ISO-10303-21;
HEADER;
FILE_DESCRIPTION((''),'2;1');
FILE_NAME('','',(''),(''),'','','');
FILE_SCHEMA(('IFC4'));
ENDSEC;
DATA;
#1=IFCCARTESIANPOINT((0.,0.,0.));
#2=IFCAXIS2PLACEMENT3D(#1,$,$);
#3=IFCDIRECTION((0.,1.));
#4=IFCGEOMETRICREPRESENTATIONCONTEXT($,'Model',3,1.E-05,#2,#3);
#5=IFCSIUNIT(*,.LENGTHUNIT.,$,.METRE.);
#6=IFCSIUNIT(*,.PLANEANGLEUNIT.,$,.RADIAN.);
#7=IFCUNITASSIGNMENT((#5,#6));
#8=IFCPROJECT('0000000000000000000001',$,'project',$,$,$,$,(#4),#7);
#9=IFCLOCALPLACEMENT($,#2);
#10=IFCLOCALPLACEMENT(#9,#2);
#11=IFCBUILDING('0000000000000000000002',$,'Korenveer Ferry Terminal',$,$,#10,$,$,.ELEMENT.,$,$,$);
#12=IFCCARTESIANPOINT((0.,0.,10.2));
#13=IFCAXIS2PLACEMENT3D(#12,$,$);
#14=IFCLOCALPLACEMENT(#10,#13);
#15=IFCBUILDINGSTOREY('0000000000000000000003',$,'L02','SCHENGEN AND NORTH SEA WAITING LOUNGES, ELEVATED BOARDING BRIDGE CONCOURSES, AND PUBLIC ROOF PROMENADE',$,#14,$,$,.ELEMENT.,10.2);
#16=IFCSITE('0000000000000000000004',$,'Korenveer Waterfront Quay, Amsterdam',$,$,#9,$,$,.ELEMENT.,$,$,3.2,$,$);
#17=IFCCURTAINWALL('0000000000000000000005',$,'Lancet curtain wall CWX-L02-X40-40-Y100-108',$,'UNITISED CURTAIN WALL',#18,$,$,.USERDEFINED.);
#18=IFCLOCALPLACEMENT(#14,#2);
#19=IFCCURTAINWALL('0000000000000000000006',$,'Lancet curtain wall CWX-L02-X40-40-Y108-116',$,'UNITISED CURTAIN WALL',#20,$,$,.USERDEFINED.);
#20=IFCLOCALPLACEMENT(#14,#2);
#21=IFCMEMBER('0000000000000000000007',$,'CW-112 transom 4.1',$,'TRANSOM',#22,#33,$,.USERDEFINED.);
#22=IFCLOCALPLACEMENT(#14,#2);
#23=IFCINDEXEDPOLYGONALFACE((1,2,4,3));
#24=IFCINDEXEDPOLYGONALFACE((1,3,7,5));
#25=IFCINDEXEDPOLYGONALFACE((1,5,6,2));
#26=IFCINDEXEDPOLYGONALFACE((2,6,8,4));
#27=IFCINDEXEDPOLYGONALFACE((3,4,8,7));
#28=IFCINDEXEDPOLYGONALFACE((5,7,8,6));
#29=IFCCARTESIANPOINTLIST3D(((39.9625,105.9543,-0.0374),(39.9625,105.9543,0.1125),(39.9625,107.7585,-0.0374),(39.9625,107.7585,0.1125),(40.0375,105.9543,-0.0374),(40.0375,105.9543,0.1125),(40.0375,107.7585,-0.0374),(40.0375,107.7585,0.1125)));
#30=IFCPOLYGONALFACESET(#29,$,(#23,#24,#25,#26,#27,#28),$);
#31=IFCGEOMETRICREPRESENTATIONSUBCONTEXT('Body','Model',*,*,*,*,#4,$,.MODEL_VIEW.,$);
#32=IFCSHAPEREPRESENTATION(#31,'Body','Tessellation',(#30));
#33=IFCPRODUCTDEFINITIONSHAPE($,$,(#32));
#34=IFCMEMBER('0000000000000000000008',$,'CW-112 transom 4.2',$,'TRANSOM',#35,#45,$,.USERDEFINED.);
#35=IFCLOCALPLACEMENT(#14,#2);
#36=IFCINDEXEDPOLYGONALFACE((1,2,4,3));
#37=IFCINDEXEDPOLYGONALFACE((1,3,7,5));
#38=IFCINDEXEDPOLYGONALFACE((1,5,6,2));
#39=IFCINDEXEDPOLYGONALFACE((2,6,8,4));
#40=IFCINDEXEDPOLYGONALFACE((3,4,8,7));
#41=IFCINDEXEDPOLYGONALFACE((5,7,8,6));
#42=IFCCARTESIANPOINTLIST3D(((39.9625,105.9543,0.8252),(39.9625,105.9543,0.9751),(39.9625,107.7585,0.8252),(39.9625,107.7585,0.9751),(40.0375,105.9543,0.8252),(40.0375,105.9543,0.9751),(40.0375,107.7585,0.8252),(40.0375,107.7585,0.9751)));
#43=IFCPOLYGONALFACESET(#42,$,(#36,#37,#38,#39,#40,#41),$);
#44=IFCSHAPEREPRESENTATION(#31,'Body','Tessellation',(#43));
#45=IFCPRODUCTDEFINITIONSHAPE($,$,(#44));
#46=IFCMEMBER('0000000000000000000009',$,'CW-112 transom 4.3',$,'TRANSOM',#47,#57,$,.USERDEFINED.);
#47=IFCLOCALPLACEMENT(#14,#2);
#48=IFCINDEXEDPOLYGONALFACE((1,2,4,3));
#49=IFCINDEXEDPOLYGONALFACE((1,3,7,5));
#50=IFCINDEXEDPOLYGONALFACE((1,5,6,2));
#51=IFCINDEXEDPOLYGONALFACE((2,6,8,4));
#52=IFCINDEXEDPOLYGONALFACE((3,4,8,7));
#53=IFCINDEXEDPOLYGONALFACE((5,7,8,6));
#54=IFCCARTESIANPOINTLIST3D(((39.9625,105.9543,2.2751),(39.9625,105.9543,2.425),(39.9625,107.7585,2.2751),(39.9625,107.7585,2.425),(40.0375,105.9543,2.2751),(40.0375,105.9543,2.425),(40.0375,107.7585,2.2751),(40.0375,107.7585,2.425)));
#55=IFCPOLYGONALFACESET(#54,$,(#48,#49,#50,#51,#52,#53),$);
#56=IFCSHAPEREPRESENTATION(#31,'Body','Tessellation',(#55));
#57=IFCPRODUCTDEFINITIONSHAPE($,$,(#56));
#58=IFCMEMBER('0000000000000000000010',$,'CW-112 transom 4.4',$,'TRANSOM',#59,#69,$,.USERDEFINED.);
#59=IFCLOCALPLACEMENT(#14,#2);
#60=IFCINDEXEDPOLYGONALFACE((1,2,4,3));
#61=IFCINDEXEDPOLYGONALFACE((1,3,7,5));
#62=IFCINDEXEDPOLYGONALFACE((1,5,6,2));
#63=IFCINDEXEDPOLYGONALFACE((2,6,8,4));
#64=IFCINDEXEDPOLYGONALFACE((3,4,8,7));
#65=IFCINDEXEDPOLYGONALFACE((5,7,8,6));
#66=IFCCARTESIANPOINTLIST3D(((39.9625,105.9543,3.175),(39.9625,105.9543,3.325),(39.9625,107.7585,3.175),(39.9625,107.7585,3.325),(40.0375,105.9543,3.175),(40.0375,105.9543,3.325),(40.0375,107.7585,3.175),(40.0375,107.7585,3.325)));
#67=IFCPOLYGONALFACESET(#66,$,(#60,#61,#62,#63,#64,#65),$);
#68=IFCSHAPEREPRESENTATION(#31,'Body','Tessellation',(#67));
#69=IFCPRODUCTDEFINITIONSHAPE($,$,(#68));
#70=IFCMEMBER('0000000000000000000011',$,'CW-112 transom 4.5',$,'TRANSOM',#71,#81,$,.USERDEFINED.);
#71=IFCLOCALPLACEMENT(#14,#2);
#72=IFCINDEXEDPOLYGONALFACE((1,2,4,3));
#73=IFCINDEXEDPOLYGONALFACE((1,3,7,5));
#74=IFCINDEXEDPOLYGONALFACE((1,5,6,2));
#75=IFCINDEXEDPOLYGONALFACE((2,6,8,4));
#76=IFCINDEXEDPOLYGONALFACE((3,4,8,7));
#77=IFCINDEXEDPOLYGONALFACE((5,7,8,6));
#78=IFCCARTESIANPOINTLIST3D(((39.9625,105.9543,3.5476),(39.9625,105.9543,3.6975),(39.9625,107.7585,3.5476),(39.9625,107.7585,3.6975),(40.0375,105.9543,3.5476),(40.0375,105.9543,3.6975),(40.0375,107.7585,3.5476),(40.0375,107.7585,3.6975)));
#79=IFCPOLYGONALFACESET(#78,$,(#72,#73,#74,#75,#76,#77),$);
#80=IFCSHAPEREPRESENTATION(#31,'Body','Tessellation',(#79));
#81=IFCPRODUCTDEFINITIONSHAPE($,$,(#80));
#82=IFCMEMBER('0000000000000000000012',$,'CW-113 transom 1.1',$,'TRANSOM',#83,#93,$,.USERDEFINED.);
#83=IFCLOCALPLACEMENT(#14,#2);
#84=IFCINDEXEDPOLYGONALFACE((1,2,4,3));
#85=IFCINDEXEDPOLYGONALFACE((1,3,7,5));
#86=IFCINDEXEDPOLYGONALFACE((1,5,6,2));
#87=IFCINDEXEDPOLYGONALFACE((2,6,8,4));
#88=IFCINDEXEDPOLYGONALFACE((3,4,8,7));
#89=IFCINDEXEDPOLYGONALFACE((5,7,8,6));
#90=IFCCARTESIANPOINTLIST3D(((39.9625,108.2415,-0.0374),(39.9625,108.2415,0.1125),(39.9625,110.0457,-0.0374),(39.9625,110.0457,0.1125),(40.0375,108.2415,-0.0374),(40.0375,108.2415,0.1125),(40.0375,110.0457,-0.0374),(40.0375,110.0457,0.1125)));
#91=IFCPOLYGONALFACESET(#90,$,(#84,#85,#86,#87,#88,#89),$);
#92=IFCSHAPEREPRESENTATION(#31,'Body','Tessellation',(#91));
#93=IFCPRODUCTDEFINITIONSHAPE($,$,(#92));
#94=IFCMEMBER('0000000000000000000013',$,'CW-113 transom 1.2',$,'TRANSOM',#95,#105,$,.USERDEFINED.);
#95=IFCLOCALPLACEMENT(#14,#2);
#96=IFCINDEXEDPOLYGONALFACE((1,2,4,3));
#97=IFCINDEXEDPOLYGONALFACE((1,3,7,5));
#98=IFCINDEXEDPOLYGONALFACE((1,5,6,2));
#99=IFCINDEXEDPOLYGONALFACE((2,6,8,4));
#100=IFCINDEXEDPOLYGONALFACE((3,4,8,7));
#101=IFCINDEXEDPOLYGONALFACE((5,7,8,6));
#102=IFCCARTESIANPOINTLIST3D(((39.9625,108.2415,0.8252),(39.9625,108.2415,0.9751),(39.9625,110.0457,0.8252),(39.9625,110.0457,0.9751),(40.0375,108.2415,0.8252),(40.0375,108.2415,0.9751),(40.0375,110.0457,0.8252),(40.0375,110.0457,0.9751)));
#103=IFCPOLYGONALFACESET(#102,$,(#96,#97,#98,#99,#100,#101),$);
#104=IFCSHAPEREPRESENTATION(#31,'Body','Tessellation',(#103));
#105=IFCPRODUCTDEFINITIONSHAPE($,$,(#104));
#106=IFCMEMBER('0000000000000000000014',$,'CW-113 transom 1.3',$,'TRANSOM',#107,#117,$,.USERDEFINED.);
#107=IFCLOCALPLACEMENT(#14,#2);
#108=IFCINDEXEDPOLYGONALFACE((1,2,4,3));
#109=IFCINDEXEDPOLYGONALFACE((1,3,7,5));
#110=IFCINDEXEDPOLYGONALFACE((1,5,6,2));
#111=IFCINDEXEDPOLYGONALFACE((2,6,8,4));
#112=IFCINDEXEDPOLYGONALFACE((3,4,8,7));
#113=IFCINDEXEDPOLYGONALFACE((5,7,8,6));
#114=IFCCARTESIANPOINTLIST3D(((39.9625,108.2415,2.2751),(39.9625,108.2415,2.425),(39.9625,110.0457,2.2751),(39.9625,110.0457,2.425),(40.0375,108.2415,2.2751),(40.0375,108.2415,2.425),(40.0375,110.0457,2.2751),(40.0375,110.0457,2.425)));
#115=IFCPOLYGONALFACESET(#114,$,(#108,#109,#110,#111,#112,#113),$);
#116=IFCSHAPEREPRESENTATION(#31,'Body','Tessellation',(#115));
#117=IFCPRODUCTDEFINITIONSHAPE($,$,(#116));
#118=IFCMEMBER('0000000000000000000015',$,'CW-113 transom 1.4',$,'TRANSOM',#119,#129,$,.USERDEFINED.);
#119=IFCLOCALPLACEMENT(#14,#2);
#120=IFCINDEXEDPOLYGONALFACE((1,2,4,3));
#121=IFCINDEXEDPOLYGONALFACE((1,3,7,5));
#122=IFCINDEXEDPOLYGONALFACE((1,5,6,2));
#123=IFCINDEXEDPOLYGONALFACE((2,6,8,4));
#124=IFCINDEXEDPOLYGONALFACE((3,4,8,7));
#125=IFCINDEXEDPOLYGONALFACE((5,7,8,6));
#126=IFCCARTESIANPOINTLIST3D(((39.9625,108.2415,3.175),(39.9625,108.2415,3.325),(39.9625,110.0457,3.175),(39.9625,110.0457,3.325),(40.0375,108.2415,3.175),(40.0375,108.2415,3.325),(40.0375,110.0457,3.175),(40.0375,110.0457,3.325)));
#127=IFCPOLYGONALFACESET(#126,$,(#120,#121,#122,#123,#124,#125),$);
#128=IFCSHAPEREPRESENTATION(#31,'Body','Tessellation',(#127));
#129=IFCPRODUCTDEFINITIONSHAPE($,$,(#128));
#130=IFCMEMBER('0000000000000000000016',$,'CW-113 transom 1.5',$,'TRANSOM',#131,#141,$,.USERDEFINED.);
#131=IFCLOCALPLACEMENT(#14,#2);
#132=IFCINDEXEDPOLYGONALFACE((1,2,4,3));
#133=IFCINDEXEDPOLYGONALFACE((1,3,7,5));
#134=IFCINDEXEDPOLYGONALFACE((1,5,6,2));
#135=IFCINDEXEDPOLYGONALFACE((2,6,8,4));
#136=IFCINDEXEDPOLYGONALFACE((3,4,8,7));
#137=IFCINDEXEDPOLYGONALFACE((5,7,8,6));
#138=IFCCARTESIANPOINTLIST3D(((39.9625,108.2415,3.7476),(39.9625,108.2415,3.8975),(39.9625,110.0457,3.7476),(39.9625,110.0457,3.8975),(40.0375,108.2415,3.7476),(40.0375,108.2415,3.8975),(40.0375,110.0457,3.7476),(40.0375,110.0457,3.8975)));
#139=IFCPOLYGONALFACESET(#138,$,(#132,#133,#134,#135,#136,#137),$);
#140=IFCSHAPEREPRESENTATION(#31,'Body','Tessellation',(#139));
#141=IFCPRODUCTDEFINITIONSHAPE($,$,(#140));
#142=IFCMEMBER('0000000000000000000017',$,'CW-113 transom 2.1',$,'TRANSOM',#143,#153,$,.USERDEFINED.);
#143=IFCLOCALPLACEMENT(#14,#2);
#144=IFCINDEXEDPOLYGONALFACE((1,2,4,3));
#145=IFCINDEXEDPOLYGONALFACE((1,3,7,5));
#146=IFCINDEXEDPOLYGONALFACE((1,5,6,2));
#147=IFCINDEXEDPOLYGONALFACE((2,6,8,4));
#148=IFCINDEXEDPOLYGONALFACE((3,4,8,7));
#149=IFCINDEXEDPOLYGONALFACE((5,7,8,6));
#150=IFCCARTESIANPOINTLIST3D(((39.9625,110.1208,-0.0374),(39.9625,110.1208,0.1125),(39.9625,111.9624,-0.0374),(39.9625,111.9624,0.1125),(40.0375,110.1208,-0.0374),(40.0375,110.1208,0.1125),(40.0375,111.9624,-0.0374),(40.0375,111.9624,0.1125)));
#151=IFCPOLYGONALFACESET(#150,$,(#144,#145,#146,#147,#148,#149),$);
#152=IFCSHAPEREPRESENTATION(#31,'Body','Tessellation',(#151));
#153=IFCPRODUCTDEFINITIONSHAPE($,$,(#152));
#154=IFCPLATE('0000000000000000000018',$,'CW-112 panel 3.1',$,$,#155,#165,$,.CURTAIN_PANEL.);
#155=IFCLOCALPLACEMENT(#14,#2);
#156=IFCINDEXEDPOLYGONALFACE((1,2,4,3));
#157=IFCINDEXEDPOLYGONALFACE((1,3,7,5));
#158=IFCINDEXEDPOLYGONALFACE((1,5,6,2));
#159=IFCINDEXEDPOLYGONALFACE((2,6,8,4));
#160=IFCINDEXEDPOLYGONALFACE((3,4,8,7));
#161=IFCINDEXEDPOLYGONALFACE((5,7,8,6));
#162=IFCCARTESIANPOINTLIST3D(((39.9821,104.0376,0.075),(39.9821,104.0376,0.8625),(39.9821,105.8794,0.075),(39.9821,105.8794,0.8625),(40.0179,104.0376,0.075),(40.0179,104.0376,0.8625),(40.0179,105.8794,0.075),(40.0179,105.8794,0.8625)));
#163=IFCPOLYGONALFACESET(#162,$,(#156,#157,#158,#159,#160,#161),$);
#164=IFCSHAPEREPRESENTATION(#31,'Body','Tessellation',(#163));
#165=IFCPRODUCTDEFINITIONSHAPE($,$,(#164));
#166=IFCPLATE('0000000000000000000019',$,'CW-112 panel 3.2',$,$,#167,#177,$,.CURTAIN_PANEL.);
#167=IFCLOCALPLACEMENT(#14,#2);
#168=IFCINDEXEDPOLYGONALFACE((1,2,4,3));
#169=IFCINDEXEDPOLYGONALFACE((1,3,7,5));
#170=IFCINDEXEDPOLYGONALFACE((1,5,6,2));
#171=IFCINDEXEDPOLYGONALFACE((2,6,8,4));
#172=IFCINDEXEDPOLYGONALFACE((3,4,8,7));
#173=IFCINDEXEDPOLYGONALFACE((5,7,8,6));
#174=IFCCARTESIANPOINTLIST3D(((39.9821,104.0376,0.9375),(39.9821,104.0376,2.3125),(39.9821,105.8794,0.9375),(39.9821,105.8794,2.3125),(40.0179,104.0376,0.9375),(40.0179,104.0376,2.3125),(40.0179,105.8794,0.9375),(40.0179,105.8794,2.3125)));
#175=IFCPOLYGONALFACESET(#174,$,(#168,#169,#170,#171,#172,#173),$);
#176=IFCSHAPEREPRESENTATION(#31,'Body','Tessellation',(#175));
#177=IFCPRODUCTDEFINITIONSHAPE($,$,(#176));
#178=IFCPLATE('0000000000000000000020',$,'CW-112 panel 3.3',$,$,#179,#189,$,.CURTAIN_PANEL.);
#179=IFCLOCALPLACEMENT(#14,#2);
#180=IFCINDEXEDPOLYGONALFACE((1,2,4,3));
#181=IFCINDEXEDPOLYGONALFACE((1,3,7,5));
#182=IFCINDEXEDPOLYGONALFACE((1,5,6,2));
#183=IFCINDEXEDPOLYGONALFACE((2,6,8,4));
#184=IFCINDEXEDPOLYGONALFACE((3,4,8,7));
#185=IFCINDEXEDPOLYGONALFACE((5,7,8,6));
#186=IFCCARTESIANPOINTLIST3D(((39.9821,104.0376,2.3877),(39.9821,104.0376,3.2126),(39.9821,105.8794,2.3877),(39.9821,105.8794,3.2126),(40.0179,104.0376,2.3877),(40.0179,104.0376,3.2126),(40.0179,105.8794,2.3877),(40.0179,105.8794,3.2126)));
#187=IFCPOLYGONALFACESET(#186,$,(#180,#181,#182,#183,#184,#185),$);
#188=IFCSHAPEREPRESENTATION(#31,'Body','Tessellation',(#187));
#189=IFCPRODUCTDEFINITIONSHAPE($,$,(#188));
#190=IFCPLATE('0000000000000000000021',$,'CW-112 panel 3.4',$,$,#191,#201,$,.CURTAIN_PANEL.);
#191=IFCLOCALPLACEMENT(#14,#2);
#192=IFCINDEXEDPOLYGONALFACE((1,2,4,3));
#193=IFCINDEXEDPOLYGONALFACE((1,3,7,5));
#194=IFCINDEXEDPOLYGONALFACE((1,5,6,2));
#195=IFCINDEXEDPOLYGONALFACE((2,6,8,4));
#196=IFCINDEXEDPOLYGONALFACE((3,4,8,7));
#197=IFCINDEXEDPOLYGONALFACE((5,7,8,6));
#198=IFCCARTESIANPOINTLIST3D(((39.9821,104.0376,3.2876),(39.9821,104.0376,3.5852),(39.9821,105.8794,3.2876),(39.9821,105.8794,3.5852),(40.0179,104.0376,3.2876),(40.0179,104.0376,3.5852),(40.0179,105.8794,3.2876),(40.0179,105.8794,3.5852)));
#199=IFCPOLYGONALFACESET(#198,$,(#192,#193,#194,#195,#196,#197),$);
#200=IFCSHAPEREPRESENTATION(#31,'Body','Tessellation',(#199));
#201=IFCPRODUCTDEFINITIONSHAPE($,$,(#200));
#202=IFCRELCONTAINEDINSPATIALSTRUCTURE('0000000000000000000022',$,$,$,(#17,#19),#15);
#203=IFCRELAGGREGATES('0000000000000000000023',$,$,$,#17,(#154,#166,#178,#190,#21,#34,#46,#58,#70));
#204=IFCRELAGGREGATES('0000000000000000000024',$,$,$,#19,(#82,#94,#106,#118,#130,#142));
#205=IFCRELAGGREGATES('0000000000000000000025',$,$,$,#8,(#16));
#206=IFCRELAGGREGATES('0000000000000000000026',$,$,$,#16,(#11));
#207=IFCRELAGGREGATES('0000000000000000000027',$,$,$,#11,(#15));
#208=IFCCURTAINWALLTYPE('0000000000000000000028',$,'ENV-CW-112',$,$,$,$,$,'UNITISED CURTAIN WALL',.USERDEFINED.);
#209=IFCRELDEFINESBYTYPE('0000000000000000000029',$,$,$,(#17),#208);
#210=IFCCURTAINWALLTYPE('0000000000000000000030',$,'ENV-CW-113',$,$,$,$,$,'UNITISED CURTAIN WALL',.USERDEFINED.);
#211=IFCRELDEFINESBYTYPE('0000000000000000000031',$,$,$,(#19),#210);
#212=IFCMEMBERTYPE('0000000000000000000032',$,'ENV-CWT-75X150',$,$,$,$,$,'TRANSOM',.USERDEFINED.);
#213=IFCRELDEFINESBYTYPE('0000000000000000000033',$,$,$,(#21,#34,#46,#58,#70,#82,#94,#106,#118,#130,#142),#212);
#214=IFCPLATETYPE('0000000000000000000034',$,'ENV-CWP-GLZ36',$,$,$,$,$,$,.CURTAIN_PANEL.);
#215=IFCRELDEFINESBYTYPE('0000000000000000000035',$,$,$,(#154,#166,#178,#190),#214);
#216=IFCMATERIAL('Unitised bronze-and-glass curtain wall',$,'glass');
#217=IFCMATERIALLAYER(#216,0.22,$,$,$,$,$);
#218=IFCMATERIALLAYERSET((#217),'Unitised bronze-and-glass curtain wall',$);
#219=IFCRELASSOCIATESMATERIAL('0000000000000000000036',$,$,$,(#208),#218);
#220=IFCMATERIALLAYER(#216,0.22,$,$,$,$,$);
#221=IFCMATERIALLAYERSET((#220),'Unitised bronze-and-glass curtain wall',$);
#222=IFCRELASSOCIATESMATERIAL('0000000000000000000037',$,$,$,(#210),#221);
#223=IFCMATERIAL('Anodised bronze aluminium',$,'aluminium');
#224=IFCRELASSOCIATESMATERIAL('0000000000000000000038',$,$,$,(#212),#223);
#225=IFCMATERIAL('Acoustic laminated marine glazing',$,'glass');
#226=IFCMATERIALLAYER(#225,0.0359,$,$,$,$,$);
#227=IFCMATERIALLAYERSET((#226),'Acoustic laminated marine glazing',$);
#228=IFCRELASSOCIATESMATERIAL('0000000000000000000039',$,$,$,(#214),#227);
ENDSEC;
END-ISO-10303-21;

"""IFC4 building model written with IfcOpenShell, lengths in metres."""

from ifc_helpers import new_model, si_unit, direction, frame, origin, origin_2d, place, context, subcontext, project, spatial, rectangle, extrude, material, layer, layer_set, material_profile, profile_set, type_object, element, aggregate, save


model = new_model("IFC4")

# Units and contexts
model_context = context("Model", 3, precision=1e-05, world=origin(), true_north=direction((0.0, 1.0)))
body_context = subcontext(model_context, "Body", "Model", "MODEL_VIEW")
ifc_project = project(units=[si_unit("LENGTHUNIT", "METRE"), si_unit("PLANEANGLEUNIT", "RADIAN")], contexts=[model_context])

# Site, building, storey
site_placement = place(None, origin())
site = spatial("IfcSite", under=ifc_project, at=site_placement, Name="Korenveer Waterfront Quay, Amsterdam", CompositionType="ELEMENT", RefElevation=3.2)
building_placement = place(site_placement, origin())
building = spatial("IfcBuilding", under=site, at=building_placement, Name="Korenveer Ferry Terminal", CompositionType="ELEMENT")
storey_placement = place(building_placement, frame((0.0, 0.0, 10.2)))
storey = spatial("IfcBuildingStorey", under=building, at=storey_placement, Name="L02", Description="SCHENGEN AND NORTH SEA WAITING LOUNGES, ELEVATED BOARDING BRIDGE CONCOURSES, AND PUBLIC ROOF PROMENADE", CompositionType="ELEMENT", Elevation=10.2)

# Curtain walls
ifc_material_1 = material(Name="Unitised bronze-and-glass curtain wall", Category="glass")
ifc_layer_1 = layer(ifc_material_1, 0.22)
ifc_layer_set_1 = layer_set([ifc_layer_1], Name="Unitised bronze-and-glass curtain wall")
curtain_wall_type_1 = type_object("IfcCurtainWallType", Name="ENV-CW-112", ElementType="UNITISED CURTAIN WALL", PredefinedType="USERDEFINED", material=ifc_layer_set_1)
curtain_wall_1_placement = place(storey_placement, frame((40.0, 100.1665, 0.0)))
curtain_wall_1 = element("IfcCurtainWall", 1, at=curtain_wall_1_placement, inside=storey, type_object=curtain_wall_type_1, Name="Lancet curtain wall CWX-L02-X40-40-Y100-108", ObjectType="UNITISED CURTAIN WALL", PredefinedType="USERDEFINED")
ifc_material_2 = material(Name="Anodised bronze aluminium", Category="aluminium")
ifc_layer_2 = layer(ifc_material_1, 0.22)
ifc_layer_set_2 = layer_set([ifc_layer_2], Name="Unitised bronze-and-glass curtain wall")
curtain_wall_type_2 = type_object("IfcCurtainWallType", Name="ENV-CW-113", ElementType="UNITISED CURTAIN WALL", PredefinedType="USERDEFINED", material=ifc_layer_set_2)
curtain_wall_2_placement = place(storey_placement, frame((40.0, 108.1665, 0.0)))
curtain_wall_2 = element("IfcCurtainWall", 2, at=curtain_wall_2_placement, inside=storey, type_object=curtain_wall_type_2, Name="Lancet curtain wall CWX-L02-X40-40-Y108-116", ObjectType="UNITISED CURTAIN WALL", PredefinedType="USERDEFINED")

# Members
ifc_material_profile_1 = material_profile(ifc_material_2, rectangle(XDim=0.075, YDim=0.1499, at=origin_2d()), Name="ALU 75x150")
ifc_profile_set_1 = profile_set([ifc_material_profile_1], Name="Anodised bronze aluminium")
member_type_1 = type_object("IfcMemberType", Name="ENV-CWT-75X150", ElementType="TRANSOM", PredefinedType="USERDEFINED", material=ifc_profile_set_1)
member_1_placement = place(storey_placement, frame((40.0, 105.9543, 0.0376), z_axis=(0.0, 1.0, 0.0), x_axis=(-1.0, 0.0, 0.0)))
member_1 = element("IfcMember", 3, at=member_1_placement, type_object=member_type_1, Name="CW-112 transom 4.1", ObjectType="TRANSOM", PredefinedType="USERDEFINED", context=body_context, shape_type="SweptSolid", body=[
    extrude(rectangle(XDim=0.075, YDim=0.1499, at=origin_2d()), origin(), (0.0, 0.0, 1.0), 1.8042),
])
member_2_placement = place(storey_placement, frame((40.0, 105.9543, 0.9001), z_axis=(0.0, 1.0, 0.0), x_axis=(-1.0, 0.0, 0.0)))
member_2 = element("IfcMember", 4, at=member_2_placement, type_object=member_type_1, Name="CW-112 transom 4.2", ObjectType="TRANSOM", PredefinedType="USERDEFINED", context=body_context, shape_type="SweptSolid", body=[
    extrude(rectangle(XDim=0.075, YDim=0.1499, at=origin_2d()), origin(), (0.0, 0.0, 1.0), 1.8042),
])
member_3_placement = place(storey_placement, frame((40.0, 105.9543, 2.3501), z_axis=(0.0, 1.0, 0.0), x_axis=(-1.0, 0.0, 0.0)))
member_3 = element("IfcMember", 5, at=member_3_placement, type_object=member_type_1, Name="CW-112 transom 4.3", ObjectType="TRANSOM", PredefinedType="USERDEFINED", context=body_context, shape_type="SweptSolid", body=[
    extrude(rectangle(XDim=0.075, YDim=0.1499, at=origin_2d()), origin(), (0.0, 0.0, 1.0), 1.8042),
])
member_4_placement = place(storey_placement, frame((40.0, 105.9543, 3.25), z_axis=(0.0, 1.0, 0.0), x_axis=(-1.0, 0.0, 0.0)))
member_4 = element("IfcMember", 6, at=member_4_placement, type_object=member_type_1, Name="CW-112 transom 4.4", ObjectType="TRANSOM", PredefinedType="USERDEFINED", context=body_context, shape_type="SweptSolid", body=[
    extrude(rectangle(XDim=0.075, YDim=0.1499, at=origin_2d()), origin(), (0.0, 0.0, 1.0), 1.8042),
])
member_5_placement = place(storey_placement, frame((40.0, 105.9543, 3.6226), z_axis=(0.0, 1.0, 0.0), x_axis=(-1.0, 0.0, 0.0)))
member_5 = element("IfcMember", 7, at=member_5_placement, type_object=member_type_1, Name="CW-112 transom 4.5", ObjectType="TRANSOM", PredefinedType="USERDEFINED", context=body_context, shape_type="SweptSolid", body=[
    extrude(rectangle(XDim=0.075, YDim=0.1499, at=origin_2d()), origin(), (0.0, 0.0, 1.0), 1.8042),
])
member_6_placement = place(storey_placement, frame((40.0, 108.2415, 0.0376), z_axis=(0.0, 1.0, 0.0), x_axis=(-1.0, 0.0, 0.0)))
member_6 = element("IfcMember", 8, at=member_6_placement, type_object=member_type_1, Name="CW-113 transom 1.1", ObjectType="TRANSOM", PredefinedType="USERDEFINED", context=body_context, shape_type="SweptSolid", body=[
    extrude(rectangle(XDim=0.075, YDim=0.1499, at=origin_2d()), origin(), (0.0, 0.0, 1.0), 1.8042),
])
member_7_placement = place(storey_placement, frame((40.0, 108.2415, 0.9001), z_axis=(0.0, 1.0, 0.0), x_axis=(-1.0, 0.0, 0.0)))
member_7 = element("IfcMember", 9, at=member_7_placement, type_object=member_type_1, Name="CW-113 transom 1.2", ObjectType="TRANSOM", PredefinedType="USERDEFINED", context=body_context, shape_type="SweptSolid", body=[
    extrude(rectangle(XDim=0.075, YDim=0.1499, at=origin_2d()), origin(), (0.0, 0.0, 1.0), 1.8042),
])
member_8_placement = place(storey_placement, frame((40.0, 108.2415, 2.3501), z_axis=(0.0, 1.0, 0.0), x_axis=(-1.0, 0.0, 0.0)))
member_8 = element("IfcMember", 10, at=member_8_placement, type_object=member_type_1, Name="CW-113 transom 1.3", ObjectType="TRANSOM", PredefinedType="USERDEFINED", context=body_context, shape_type="SweptSolid", body=[
    extrude(rectangle(XDim=0.075, YDim=0.1499, at=origin_2d()), origin(), (0.0, 0.0, 1.0), 1.8042),
])
member_9_placement = place(storey_placement, frame((40.0, 108.2415, 3.25), z_axis=(0.0, 1.0, 0.0), x_axis=(-1.0, 0.0, 0.0)))
member_9 = element("IfcMember", 11, at=member_9_placement, type_object=member_type_1, Name="CW-113 transom 1.4", ObjectType="TRANSOM", PredefinedType="USERDEFINED", context=body_context, shape_type="SweptSolid", body=[
    extrude(rectangle(XDim=0.075, YDim=0.1499, at=origin_2d()), origin(), (0.0, 0.0, 1.0), 1.8042),
])
member_10_placement = place(storey_placement, frame((40.0, 108.2415, 3.8225), z_axis=(0.0, 1.0, 0.0), x_axis=(-1.0, 0.0, 0.0)))
member_10 = element("IfcMember", 12, at=member_10_placement, type_object=member_type_1, Name="CW-113 transom 1.5", ObjectType="TRANSOM", PredefinedType="USERDEFINED", context=body_context, shape_type="SweptSolid", body=[
    extrude(rectangle(XDim=0.075, YDim=0.1499, at=origin_2d()), origin(), (0.0, 0.0, 1.0), 1.8042),
])
member_11_placement = place(storey_placement, frame((40.0, 110.1208, 0.0376), z_axis=(0.0, 1.0, 0.0), x_axis=(-1.0, 0.0, 0.0)))
member_11 = element("IfcMember", 13, at=member_11_placement, type_object=member_type_1, Name="CW-113 transom 2.1", ObjectType="TRANSOM", PredefinedType="USERDEFINED", context=body_context, shape_type="SweptSolid", body=[
    extrude(rectangle(XDim=0.075, YDim=0.1499, at=origin_2d()), origin(), (0.0, 0.0, 1.0), 1.8416),
])

# Plates
ifc_material_3 = material(Name="Acoustic laminated marine glazing", Category="glass")
ifc_layer_3 = layer(ifc_material_3, 0.0359)
ifc_layer_set_3 = layer_set([ifc_layer_3], Name="Acoustic laminated marine glazing")
plate_type_1 = type_object("IfcPlateType", Name="ENV-CWP-GLZ36", PredefinedType="CURTAIN_PANEL", material=ifc_layer_set_3)
plate_1_placement = place(storey_placement, frame((40.0, 104.9585, 0.075), z_axis=(0.0, 0.0, 1.0), x_axis=(0.0, 1.0, 0.0)))
plate_1 = element("IfcPlate", 14, at=plate_1_placement, type_object=plate_type_1, Name="CW-112 panel 3.1", PredefinedType="CURTAIN_PANEL", context=body_context, shape_type="SweptSolid", body=[
    extrude(rectangle(XDim=1.8418, YDim=0.0359, at=origin_2d()), origin(), (0.0, 0.0, 1.0), 0.7876),
])
plate_2_placement = place(storey_placement, frame((40.0, 104.9585, 0.9375), z_axis=(0.0, 0.0, 1.0), x_axis=(0.0, 1.0, 0.0)))
plate_2 = element("IfcPlate", 15, at=plate_2_placement, type_object=plate_type_1, Name="CW-112 panel 3.2", PredefinedType="CURTAIN_PANEL", context=body_context, shape_type="SweptSolid", body=[
    extrude(rectangle(XDim=1.8418, YDim=0.0359, at=origin_2d()), origin(), (0.0, 0.0, 1.0), 1.375),
])
plate_3_placement = place(storey_placement, frame((40.0, 104.9585, 2.3877), z_axis=(0.0, 0.0, 1.0), x_axis=(0.0, 1.0, 0.0)))
plate_3 = element("IfcPlate", 16, at=plate_3_placement, type_object=plate_type_1, Name="CW-112 panel 3.3", PredefinedType="CURTAIN_PANEL", context=body_context, shape_type="SweptSolid", body=[
    extrude(rectangle(XDim=1.8418, YDim=0.0359, at=origin_2d()), origin(), (0.0, 0.0, 1.0), 0.825),
])
plate_4_placement = place(storey_placement, frame((40.0, 104.9585, 3.2876), z_axis=(0.0, 0.0, 1.0), x_axis=(0.0, 1.0, 0.0)))
plate_4 = element("IfcPlate", 17, at=plate_4_placement, type_object=plate_type_1, Name="CW-112 panel 3.4", PredefinedType="CURTAIN_PANEL", context=body_context, shape_type="SweptSolid", body=[
    extrude(rectangle(XDim=1.8418, YDim=0.0359, at=origin_2d()), origin(), (0.0, 0.0, 1.0), 0.2976),
])
aggregate(curtain_wall_1, [plate_1, plate_2, plate_3, plate_4, member_1, member_2, member_3, member_4, member_5])
aggregate(curtain_wall_2, [member_6, member_7, member_8, member_9, member_10, member_11])

save(model, "model.ifc")
